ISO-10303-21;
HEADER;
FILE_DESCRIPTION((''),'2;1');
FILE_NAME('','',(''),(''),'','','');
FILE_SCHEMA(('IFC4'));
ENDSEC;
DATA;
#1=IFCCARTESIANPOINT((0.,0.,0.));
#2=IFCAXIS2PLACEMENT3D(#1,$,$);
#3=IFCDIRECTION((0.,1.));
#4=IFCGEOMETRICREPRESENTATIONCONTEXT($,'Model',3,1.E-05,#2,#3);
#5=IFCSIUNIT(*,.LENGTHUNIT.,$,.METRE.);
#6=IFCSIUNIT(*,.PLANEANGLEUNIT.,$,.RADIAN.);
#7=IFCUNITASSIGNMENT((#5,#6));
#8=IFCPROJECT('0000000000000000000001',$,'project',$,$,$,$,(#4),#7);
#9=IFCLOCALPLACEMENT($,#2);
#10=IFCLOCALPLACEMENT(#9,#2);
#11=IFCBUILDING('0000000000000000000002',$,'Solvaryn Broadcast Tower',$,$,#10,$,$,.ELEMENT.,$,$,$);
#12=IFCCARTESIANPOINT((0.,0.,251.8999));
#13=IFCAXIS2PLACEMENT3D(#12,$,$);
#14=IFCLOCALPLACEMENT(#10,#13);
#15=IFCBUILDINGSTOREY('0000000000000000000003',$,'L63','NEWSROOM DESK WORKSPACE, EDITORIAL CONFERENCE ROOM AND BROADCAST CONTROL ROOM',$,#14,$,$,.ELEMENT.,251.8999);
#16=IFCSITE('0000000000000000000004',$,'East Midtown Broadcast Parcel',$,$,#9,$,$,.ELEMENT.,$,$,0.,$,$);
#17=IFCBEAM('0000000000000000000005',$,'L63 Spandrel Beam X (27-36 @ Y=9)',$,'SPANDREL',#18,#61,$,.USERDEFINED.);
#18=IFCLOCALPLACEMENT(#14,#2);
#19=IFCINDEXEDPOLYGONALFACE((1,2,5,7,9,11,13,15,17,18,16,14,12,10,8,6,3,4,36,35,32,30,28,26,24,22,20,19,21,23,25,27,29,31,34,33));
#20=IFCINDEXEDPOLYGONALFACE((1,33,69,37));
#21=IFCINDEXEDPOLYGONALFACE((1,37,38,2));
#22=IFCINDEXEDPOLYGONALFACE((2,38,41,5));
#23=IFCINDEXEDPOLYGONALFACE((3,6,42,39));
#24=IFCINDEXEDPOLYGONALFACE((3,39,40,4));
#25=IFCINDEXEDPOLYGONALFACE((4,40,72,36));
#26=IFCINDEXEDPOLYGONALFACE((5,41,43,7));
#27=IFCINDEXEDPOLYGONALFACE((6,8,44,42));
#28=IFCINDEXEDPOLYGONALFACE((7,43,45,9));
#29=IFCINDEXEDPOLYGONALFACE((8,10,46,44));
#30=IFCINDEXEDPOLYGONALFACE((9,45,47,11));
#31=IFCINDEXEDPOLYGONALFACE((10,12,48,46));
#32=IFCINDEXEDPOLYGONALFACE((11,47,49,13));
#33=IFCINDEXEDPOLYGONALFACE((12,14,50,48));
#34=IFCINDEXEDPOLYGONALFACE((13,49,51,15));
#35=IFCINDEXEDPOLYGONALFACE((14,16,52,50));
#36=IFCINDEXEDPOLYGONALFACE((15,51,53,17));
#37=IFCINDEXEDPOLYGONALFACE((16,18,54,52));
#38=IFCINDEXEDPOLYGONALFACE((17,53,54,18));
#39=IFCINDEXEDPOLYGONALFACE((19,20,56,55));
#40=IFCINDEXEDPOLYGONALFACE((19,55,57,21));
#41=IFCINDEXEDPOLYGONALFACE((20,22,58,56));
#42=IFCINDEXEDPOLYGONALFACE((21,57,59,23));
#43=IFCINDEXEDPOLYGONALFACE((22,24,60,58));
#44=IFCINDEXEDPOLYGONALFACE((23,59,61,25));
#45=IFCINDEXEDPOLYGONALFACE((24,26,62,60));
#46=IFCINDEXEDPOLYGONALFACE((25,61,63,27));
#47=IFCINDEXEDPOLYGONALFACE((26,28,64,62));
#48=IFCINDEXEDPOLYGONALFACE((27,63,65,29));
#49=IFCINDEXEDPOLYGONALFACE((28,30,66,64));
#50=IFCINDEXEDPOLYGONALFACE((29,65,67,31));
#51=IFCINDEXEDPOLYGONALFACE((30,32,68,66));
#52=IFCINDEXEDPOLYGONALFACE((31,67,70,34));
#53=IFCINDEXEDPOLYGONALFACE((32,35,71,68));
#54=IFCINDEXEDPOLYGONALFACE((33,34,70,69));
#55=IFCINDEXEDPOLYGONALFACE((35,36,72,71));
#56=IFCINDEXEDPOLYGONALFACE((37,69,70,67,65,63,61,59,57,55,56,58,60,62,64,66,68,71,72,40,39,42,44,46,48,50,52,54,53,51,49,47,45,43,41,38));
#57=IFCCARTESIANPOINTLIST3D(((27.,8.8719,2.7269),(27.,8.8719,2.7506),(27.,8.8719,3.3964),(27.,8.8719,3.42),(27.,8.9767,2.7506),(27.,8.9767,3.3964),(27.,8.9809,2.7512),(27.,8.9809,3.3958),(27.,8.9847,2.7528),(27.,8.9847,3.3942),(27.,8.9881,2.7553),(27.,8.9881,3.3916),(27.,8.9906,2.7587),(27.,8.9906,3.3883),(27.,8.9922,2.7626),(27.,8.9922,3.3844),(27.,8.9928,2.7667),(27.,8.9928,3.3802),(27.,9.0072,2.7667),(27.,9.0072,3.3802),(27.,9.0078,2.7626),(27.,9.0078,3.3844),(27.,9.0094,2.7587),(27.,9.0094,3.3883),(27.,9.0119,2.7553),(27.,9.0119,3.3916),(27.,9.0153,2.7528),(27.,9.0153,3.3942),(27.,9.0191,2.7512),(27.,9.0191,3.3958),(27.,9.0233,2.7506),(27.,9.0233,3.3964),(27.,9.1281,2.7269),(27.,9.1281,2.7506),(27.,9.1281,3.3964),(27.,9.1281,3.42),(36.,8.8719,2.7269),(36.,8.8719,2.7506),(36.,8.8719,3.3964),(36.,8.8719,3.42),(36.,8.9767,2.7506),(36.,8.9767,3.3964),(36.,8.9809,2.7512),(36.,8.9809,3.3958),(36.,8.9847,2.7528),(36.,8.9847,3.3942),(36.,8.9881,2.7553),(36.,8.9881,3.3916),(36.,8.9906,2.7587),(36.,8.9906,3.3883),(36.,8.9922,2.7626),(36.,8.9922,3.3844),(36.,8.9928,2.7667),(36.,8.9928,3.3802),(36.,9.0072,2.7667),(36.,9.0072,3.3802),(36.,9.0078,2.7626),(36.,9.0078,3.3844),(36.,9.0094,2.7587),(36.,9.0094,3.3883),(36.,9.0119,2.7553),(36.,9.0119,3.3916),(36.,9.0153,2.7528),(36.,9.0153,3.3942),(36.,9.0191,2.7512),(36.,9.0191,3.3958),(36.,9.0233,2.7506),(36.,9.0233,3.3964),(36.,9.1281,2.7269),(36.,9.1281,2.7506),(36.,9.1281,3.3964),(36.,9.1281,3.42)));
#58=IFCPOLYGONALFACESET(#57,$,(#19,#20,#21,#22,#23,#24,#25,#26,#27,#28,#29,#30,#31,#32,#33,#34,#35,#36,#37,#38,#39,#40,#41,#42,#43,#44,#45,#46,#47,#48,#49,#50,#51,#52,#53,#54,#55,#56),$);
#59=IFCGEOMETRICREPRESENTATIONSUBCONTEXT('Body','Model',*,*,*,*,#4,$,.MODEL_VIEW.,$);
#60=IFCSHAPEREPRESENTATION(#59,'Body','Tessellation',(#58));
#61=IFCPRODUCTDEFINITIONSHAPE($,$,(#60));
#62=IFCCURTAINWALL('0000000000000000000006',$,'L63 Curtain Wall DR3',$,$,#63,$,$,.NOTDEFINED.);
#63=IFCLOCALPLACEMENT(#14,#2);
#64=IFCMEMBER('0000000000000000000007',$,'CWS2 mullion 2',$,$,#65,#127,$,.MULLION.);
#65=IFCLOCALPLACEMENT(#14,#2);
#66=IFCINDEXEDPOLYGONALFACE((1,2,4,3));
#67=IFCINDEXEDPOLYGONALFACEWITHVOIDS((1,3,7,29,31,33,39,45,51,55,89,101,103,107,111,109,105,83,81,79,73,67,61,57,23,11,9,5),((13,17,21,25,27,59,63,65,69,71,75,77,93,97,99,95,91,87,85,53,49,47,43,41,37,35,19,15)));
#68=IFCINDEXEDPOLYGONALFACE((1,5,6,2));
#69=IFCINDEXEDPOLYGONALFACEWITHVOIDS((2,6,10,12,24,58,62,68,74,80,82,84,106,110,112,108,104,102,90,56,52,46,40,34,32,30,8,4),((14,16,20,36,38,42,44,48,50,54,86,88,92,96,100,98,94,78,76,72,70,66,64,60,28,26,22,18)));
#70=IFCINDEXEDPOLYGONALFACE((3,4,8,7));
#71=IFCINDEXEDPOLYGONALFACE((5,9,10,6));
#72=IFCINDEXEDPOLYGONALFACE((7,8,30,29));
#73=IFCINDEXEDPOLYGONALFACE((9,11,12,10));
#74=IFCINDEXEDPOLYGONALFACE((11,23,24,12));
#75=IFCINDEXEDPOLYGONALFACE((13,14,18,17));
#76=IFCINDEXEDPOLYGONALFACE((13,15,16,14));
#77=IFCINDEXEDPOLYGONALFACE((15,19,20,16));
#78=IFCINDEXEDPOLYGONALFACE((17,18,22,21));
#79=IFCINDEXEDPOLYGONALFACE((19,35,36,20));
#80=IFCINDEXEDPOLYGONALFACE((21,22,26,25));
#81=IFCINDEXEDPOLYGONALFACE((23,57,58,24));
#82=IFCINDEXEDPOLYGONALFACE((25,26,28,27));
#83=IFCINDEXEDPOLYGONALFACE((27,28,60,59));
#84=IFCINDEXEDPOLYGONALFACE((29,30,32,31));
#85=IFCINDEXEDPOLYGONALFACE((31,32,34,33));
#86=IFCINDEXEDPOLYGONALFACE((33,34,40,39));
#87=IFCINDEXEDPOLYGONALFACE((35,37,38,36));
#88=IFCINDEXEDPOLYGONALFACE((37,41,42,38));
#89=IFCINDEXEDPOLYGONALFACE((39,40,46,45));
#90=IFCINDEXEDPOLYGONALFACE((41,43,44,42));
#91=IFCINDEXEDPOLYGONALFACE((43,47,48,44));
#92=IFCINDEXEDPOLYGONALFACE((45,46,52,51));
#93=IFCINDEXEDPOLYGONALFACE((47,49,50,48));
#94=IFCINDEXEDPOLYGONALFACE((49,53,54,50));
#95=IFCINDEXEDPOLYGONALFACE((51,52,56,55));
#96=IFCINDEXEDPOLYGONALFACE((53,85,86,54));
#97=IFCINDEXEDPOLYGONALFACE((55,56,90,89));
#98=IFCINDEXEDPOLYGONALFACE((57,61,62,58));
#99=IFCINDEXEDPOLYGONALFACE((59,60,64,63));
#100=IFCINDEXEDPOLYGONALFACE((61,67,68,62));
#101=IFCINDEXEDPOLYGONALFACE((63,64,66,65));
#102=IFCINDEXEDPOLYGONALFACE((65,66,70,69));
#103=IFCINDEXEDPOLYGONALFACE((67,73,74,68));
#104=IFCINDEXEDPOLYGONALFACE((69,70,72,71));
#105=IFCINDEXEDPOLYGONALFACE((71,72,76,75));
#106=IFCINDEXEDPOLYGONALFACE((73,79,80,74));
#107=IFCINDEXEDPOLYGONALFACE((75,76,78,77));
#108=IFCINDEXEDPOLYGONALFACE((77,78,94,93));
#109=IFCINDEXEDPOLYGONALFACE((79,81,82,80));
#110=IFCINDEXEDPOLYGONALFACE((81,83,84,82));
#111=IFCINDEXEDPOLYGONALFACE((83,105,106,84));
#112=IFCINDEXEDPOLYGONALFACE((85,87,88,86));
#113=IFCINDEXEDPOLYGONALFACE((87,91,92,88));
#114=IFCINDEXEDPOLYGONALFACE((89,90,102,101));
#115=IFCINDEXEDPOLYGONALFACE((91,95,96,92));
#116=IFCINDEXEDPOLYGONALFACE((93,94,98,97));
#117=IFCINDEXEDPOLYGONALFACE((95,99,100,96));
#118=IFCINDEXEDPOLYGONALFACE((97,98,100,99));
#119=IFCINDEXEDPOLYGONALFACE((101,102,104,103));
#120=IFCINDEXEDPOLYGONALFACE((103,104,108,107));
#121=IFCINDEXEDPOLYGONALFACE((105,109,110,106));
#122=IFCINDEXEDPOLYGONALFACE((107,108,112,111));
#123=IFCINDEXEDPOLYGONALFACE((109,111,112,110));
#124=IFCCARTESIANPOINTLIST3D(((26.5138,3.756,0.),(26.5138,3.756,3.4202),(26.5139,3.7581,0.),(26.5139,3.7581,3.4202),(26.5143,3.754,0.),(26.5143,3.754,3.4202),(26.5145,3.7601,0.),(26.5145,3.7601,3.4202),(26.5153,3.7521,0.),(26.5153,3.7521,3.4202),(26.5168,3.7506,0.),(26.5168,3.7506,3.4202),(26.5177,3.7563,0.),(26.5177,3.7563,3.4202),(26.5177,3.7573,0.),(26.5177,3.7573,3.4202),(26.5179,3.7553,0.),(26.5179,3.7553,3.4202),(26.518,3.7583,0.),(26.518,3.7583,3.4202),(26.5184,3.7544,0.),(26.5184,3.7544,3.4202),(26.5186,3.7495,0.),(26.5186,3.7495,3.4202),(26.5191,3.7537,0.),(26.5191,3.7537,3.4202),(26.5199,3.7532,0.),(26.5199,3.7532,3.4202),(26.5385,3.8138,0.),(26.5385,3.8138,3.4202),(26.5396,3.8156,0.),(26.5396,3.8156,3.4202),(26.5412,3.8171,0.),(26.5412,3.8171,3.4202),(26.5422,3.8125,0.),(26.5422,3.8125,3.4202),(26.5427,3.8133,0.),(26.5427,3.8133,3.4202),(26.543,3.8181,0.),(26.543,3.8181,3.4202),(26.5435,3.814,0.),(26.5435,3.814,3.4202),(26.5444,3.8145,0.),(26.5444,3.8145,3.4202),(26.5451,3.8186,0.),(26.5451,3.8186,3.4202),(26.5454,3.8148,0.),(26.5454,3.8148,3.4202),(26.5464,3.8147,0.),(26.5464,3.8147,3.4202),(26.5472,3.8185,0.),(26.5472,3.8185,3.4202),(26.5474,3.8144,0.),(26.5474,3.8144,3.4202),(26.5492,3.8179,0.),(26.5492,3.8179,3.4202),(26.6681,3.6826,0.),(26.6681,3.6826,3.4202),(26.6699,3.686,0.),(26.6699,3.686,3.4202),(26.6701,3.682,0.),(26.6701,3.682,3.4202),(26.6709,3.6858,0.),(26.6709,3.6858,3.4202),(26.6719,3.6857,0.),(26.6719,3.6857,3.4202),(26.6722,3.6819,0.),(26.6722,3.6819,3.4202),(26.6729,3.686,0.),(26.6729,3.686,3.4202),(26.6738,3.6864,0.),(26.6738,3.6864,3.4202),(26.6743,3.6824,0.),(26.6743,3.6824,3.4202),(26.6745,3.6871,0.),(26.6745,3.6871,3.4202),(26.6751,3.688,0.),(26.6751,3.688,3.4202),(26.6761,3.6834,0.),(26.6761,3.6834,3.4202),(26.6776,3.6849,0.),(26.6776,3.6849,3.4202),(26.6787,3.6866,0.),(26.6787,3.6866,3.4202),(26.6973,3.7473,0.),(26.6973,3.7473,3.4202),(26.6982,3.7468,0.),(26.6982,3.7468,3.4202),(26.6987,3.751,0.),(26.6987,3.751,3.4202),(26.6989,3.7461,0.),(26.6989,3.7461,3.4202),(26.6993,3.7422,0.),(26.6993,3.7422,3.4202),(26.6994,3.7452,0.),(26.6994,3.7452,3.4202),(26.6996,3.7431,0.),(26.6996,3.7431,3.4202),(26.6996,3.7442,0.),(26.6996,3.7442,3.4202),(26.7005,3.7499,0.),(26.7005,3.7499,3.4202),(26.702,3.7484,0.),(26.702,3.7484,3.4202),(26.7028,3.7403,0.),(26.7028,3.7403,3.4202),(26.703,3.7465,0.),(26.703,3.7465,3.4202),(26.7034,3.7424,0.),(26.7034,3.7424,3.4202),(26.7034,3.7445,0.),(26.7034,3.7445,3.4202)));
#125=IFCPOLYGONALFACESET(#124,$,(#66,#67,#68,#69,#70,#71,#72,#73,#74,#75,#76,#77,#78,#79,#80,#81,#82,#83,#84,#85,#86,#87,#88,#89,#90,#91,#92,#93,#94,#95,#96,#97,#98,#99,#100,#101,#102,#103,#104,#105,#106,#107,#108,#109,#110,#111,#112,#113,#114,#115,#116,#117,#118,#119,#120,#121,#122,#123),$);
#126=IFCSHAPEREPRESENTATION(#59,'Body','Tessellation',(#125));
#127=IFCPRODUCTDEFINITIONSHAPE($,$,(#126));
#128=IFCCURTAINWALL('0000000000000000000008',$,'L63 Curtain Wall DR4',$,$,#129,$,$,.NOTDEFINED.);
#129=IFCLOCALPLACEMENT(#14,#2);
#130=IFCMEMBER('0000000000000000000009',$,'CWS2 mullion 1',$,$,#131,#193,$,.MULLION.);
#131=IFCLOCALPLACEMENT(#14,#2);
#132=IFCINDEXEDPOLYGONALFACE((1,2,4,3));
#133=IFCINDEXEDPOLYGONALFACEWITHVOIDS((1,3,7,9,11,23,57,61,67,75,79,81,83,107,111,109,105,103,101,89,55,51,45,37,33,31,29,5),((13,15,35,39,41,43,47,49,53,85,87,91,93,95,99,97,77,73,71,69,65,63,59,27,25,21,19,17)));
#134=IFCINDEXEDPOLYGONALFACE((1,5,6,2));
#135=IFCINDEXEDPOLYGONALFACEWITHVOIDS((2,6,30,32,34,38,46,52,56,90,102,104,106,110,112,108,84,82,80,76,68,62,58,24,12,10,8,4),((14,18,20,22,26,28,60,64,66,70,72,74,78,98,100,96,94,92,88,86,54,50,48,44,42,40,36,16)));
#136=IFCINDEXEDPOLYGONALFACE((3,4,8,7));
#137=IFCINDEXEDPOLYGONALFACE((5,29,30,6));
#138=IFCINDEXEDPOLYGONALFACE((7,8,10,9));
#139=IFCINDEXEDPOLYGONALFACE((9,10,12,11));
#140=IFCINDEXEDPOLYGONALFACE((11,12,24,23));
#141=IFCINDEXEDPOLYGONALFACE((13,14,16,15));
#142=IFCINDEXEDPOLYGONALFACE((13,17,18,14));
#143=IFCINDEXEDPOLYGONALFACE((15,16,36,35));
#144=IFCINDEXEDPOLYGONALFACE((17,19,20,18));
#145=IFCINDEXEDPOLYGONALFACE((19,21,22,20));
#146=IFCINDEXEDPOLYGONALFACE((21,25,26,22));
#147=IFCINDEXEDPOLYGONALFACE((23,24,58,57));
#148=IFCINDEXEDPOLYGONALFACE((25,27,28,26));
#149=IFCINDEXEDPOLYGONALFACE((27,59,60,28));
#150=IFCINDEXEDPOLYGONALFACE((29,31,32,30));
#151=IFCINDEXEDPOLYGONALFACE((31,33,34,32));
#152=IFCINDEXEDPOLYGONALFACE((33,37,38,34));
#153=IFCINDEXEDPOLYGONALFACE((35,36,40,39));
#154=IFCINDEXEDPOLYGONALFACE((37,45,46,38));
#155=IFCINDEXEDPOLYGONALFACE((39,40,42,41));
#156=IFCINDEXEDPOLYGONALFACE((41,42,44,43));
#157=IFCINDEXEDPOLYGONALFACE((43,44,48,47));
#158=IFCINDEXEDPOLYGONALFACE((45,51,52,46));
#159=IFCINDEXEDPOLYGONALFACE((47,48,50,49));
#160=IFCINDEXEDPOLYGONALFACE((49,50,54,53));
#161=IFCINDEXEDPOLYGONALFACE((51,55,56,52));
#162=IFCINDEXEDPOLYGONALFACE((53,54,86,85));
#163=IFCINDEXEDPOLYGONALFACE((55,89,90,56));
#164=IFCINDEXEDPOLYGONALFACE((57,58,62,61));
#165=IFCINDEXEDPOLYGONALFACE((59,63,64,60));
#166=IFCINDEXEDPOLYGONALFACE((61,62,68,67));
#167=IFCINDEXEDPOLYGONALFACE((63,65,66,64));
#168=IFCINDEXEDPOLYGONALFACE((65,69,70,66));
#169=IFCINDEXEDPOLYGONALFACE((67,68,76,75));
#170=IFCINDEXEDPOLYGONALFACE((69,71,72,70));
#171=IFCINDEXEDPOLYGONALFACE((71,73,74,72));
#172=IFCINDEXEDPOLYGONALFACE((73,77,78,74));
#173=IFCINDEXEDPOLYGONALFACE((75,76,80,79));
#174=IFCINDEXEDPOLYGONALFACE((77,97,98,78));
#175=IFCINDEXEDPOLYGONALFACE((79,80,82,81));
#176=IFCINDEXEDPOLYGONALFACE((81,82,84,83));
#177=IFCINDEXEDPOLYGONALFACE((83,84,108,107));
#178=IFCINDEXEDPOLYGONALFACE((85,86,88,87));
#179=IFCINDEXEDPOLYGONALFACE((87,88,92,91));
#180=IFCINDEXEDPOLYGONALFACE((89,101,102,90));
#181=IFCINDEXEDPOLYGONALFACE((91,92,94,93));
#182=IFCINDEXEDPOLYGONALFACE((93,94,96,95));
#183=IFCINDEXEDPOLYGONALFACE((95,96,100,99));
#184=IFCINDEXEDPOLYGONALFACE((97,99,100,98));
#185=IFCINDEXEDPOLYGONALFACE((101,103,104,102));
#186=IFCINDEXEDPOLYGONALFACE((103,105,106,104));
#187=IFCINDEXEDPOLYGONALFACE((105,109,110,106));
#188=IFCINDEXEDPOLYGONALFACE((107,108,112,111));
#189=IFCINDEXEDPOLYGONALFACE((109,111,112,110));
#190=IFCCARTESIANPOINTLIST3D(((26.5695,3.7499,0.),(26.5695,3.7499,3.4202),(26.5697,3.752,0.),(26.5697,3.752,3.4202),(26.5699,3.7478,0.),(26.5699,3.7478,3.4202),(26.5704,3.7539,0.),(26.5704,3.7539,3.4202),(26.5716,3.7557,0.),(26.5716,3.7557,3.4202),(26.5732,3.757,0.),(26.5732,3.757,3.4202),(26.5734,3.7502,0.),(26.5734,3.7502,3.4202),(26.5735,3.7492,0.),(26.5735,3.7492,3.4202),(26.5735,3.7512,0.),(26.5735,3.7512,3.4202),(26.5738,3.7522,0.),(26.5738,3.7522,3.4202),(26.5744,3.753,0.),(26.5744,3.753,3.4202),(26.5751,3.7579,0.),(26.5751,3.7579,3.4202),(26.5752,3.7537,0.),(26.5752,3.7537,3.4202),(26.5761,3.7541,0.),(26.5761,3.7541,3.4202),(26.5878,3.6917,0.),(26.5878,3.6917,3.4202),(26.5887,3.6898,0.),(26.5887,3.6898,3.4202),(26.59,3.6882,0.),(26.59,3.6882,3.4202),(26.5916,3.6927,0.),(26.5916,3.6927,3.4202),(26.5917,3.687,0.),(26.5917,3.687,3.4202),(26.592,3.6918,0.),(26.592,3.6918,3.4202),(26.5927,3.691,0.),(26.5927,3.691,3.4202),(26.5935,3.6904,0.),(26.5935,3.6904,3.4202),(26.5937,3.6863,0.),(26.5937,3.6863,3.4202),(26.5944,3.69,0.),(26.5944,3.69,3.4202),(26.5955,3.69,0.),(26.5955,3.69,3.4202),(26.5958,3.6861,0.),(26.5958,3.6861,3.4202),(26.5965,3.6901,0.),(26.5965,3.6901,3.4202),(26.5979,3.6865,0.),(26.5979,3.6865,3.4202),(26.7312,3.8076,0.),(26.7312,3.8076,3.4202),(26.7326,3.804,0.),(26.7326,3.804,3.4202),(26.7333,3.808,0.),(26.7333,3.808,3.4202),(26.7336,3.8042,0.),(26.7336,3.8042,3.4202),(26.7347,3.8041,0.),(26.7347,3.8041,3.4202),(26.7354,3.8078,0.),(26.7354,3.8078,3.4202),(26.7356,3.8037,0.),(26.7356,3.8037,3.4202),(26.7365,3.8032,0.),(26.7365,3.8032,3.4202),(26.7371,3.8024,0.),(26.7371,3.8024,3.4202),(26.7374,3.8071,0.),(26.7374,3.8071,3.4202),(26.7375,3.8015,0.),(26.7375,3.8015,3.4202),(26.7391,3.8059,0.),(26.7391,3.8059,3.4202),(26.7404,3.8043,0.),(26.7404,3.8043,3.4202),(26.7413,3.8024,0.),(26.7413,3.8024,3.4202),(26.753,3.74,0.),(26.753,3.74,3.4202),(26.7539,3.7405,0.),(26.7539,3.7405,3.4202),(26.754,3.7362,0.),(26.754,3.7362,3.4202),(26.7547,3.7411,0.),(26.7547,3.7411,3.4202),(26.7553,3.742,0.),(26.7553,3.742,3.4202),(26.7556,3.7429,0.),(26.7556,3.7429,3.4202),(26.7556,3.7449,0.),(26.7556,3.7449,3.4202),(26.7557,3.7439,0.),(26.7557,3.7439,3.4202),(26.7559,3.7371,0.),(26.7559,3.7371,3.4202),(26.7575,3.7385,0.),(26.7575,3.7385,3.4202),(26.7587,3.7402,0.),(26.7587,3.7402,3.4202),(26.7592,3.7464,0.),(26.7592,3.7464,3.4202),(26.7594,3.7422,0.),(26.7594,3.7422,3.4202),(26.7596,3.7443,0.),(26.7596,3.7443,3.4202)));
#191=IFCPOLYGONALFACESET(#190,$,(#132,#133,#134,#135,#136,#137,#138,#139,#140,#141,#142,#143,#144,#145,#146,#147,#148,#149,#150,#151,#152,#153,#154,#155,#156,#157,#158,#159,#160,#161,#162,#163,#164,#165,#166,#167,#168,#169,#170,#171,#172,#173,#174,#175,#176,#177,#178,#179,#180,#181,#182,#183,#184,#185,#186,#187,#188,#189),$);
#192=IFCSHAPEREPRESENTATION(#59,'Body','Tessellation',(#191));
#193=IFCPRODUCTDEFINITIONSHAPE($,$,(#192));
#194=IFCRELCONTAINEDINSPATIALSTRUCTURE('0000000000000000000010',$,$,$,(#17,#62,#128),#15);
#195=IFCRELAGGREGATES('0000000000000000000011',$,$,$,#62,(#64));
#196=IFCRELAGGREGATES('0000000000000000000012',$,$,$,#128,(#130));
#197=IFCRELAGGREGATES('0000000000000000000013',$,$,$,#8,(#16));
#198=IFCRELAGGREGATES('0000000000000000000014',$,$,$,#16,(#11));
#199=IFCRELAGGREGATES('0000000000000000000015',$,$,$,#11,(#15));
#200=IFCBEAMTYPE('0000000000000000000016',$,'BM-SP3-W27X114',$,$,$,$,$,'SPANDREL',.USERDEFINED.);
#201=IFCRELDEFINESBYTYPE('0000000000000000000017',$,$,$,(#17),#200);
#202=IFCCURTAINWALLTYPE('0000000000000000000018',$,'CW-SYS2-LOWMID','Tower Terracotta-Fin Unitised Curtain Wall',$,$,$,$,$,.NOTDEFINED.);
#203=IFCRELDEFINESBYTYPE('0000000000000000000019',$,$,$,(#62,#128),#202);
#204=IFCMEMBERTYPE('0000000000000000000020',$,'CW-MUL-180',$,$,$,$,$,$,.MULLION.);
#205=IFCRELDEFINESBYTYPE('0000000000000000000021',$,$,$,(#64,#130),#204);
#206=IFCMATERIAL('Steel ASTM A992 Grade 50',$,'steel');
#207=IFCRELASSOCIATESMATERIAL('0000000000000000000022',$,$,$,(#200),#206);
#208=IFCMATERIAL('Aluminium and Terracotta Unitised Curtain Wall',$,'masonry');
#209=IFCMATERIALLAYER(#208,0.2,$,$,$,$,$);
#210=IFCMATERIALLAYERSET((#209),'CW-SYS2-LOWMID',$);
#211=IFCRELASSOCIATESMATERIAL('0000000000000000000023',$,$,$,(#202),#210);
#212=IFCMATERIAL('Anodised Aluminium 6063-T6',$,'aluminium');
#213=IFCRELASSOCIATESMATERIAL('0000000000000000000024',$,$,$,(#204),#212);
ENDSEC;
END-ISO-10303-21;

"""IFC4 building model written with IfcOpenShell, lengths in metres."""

from ifc_helpers import new_model, si_unit, direction, frame, origin, origin_2d, place, context, subcontext, project, spatial, hollow_rectangle, i_section, extrude, material, layer, layer_set, material_profile, profile_set, type_object, element, aggregate, save


model = new_model("IFC4")

# Units and contexts
model_context = context("Model", 3, precision=1e-05, world=origin(), true_north=direction((0.0, 1.0)))
body_context = subcontext(model_context, "Body", "Model", "MODEL_VIEW")
ifc_project = project(units=[si_unit("LENGTHUNIT", "METRE"), si_unit("PLANEANGLEUNIT", "RADIAN")], contexts=[model_context])

# Site, building, storey
site_placement = place(None, origin())
site = spatial("IfcSite", under=ifc_project, at=site_placement, Name="East Midtown Broadcast Parcel", CompositionType="ELEMENT", RefElevation=0.0)
building_placement = place(site_placement, origin())
building = spatial("IfcBuilding", under=site, at=building_placement, Name="Solvaryn Broadcast Tower", CompositionType="ELEMENT")
storey_placement = place(building_placement, frame((0.0, 0.0, 251.8999)))
storey = spatial("IfcBuildingStorey", under=building, at=storey_placement, Name="L63", Description="NEWSROOM DESK WORKSPACE, EDITORIAL CONFERENCE ROOM AND BROADCAST CONTROL ROOM", CompositionType="ELEMENT", Elevation=251.8999)

# Beam
ifc_material_1 = material(Name="Steel ASTM A992 Grade 50", Category="steel")
ifc_material_profile_1 = material_profile(ifc_material_1, i_section(OverallWidth=0.2561, OverallDepth=0.6931, WebThickness=0.0144, FlangeThickness=0.0237, FilletRadius=0.0161, at=origin_2d()))
ifc_profile_set_1 = profile_set([ifc_material_profile_1], Name="Steel ASTM A992 Grade 50")
beam_type_1 = type_object("IfcBeamType", Name="BM-SP3-W27X114", ElementType="SPANDREL", PredefinedType="USERDEFINED", material=ifc_profile_set_1)
beam_1_placement = place(storey_placement, frame((27.0, 9.0, 3.0735), z_axis=(1.0, 0.0, 0.0), x_axis=(0.0, 1.0, 0.0)))
element("IfcBeam", 1, at=beam_1_placement, inside=storey, type_object=beam_type_1, Name="L63 Spandrel Beam X (27-36 @ Y=9)", ObjectType="SPANDREL", PredefinedType="USERDEFINED", context=body_context, shape_type="SweptSolid", body=[
    extrude(i_section(OverallWidth=0.2561, OverallDepth=0.6931, WebThickness=0.0144, FlangeThickness=0.0237, FilletRadius=0.0161, at=origin_2d()), origin(), (0.0, 0.0, 1.0), 9.0),
])

# Curtain wall, member
ifc_material_2 = material(Name="Aluminium and Terracotta Unitised Curtain Wall", Category="masonry")
ifc_layer_1 = layer(ifc_material_2, 0.2)
ifc_layer_set_1 = layer_set([ifc_layer_1], Name="CW-SYS2-LOWMID")
curtain_wall_type = type_object("IfcCurtainWallType", Name="CW-SYS2-LOWMID", Description="Tower Terracotta-Fin Unitised Curtain Wall", PredefinedType="NOTDEFINED", material=ifc_layer_set_1)
curtain_wall_1_placement = place(storey_placement, origin())
curtain_wall_1 = element("IfcCurtainWall", 2, at=curtain_wall_1_placement, inside=storey, type_object=curtain_wall_type, Name="L63 Curtain Wall DR3", PredefinedType="NOTDEFINED")
ifc_material_3 = material(Name="Anodised Aluminium 6063-T6", Category="aluminium")
ifc_material_profile_2 = material_profile(ifc_material_3, hollow_rectangle(XDim=0.075, YDim=0.1799, WallThickness=0.0039, InnerFilletRadius=0.0039, OuterFilletRadius=0.0081, at=origin_2d()))
ifc_profile_set_2 = profile_set([ifc_material_profile_2], Name="Anodised Aluminium 6063-T6")
member_type_1 = type_object("IfcMemberType", Name="CW-MUL-180", PredefinedType="MULLION", material=ifc_profile_set_2)
member_1_placement = place(storey_placement, frame((26.6086, 3.7502, 0.0), z_axis=(0.0, 0.0, 1.0), x_axis=(0.408466, 0.912774, 0.0)))
member_1 = element("IfcMember", 3, at=member_1_placement, type_object=member_type_1, Name="CWS2 mullion 2", PredefinedType="MULLION", context=body_context, shape_type="SweptSolid", body=[
    extrude(hollow_rectangle(XDim=0.075, YDim=0.1799, WallThickness=0.0039, InnerFilletRadius=0.0039, OuterFilletRadius=0.0081, at=origin_2d()), origin(), (0.0, 0.0, 1.0), 3.4202),
])
aggregate(curtain_wall_1, [member_1])

# Curtain wall, member
curtain_wall_2_placement = place(storey_placement, origin())
curtain_wall_2 = element("IfcCurtainWall", 4, at=curtain_wall_2_placement, inside=storey, type_object=curtain_wall_type, Name="L63 Curtain Wall DR4", PredefinedType="NOTDEFINED")
member_2_placement = place(storey_placement, frame((26.6646, 3.7471, 0.0), z_axis=(0.0, 0.0, 1.0), x_axis=(-0.303616, 0.952795, 0.0)))
member_2 = element("IfcMember", 5, at=member_2_placement, type_object=member_type_1, Name="CWS2 mullion 1", PredefinedType="MULLION", context=body_context, shape_type="SweptSolid", body=[
    extrude(hollow_rectangle(XDim=0.075, YDim=0.1799, WallThickness=0.0039, InnerFilletRadius=0.0039, OuterFilletRadius=0.0081, at=origin_2d()), origin(), (0.0, 0.0, 1.0), 3.4202),
])
aggregate(curtain_wall_2, [member_2])

save(model, "model.ifc")
